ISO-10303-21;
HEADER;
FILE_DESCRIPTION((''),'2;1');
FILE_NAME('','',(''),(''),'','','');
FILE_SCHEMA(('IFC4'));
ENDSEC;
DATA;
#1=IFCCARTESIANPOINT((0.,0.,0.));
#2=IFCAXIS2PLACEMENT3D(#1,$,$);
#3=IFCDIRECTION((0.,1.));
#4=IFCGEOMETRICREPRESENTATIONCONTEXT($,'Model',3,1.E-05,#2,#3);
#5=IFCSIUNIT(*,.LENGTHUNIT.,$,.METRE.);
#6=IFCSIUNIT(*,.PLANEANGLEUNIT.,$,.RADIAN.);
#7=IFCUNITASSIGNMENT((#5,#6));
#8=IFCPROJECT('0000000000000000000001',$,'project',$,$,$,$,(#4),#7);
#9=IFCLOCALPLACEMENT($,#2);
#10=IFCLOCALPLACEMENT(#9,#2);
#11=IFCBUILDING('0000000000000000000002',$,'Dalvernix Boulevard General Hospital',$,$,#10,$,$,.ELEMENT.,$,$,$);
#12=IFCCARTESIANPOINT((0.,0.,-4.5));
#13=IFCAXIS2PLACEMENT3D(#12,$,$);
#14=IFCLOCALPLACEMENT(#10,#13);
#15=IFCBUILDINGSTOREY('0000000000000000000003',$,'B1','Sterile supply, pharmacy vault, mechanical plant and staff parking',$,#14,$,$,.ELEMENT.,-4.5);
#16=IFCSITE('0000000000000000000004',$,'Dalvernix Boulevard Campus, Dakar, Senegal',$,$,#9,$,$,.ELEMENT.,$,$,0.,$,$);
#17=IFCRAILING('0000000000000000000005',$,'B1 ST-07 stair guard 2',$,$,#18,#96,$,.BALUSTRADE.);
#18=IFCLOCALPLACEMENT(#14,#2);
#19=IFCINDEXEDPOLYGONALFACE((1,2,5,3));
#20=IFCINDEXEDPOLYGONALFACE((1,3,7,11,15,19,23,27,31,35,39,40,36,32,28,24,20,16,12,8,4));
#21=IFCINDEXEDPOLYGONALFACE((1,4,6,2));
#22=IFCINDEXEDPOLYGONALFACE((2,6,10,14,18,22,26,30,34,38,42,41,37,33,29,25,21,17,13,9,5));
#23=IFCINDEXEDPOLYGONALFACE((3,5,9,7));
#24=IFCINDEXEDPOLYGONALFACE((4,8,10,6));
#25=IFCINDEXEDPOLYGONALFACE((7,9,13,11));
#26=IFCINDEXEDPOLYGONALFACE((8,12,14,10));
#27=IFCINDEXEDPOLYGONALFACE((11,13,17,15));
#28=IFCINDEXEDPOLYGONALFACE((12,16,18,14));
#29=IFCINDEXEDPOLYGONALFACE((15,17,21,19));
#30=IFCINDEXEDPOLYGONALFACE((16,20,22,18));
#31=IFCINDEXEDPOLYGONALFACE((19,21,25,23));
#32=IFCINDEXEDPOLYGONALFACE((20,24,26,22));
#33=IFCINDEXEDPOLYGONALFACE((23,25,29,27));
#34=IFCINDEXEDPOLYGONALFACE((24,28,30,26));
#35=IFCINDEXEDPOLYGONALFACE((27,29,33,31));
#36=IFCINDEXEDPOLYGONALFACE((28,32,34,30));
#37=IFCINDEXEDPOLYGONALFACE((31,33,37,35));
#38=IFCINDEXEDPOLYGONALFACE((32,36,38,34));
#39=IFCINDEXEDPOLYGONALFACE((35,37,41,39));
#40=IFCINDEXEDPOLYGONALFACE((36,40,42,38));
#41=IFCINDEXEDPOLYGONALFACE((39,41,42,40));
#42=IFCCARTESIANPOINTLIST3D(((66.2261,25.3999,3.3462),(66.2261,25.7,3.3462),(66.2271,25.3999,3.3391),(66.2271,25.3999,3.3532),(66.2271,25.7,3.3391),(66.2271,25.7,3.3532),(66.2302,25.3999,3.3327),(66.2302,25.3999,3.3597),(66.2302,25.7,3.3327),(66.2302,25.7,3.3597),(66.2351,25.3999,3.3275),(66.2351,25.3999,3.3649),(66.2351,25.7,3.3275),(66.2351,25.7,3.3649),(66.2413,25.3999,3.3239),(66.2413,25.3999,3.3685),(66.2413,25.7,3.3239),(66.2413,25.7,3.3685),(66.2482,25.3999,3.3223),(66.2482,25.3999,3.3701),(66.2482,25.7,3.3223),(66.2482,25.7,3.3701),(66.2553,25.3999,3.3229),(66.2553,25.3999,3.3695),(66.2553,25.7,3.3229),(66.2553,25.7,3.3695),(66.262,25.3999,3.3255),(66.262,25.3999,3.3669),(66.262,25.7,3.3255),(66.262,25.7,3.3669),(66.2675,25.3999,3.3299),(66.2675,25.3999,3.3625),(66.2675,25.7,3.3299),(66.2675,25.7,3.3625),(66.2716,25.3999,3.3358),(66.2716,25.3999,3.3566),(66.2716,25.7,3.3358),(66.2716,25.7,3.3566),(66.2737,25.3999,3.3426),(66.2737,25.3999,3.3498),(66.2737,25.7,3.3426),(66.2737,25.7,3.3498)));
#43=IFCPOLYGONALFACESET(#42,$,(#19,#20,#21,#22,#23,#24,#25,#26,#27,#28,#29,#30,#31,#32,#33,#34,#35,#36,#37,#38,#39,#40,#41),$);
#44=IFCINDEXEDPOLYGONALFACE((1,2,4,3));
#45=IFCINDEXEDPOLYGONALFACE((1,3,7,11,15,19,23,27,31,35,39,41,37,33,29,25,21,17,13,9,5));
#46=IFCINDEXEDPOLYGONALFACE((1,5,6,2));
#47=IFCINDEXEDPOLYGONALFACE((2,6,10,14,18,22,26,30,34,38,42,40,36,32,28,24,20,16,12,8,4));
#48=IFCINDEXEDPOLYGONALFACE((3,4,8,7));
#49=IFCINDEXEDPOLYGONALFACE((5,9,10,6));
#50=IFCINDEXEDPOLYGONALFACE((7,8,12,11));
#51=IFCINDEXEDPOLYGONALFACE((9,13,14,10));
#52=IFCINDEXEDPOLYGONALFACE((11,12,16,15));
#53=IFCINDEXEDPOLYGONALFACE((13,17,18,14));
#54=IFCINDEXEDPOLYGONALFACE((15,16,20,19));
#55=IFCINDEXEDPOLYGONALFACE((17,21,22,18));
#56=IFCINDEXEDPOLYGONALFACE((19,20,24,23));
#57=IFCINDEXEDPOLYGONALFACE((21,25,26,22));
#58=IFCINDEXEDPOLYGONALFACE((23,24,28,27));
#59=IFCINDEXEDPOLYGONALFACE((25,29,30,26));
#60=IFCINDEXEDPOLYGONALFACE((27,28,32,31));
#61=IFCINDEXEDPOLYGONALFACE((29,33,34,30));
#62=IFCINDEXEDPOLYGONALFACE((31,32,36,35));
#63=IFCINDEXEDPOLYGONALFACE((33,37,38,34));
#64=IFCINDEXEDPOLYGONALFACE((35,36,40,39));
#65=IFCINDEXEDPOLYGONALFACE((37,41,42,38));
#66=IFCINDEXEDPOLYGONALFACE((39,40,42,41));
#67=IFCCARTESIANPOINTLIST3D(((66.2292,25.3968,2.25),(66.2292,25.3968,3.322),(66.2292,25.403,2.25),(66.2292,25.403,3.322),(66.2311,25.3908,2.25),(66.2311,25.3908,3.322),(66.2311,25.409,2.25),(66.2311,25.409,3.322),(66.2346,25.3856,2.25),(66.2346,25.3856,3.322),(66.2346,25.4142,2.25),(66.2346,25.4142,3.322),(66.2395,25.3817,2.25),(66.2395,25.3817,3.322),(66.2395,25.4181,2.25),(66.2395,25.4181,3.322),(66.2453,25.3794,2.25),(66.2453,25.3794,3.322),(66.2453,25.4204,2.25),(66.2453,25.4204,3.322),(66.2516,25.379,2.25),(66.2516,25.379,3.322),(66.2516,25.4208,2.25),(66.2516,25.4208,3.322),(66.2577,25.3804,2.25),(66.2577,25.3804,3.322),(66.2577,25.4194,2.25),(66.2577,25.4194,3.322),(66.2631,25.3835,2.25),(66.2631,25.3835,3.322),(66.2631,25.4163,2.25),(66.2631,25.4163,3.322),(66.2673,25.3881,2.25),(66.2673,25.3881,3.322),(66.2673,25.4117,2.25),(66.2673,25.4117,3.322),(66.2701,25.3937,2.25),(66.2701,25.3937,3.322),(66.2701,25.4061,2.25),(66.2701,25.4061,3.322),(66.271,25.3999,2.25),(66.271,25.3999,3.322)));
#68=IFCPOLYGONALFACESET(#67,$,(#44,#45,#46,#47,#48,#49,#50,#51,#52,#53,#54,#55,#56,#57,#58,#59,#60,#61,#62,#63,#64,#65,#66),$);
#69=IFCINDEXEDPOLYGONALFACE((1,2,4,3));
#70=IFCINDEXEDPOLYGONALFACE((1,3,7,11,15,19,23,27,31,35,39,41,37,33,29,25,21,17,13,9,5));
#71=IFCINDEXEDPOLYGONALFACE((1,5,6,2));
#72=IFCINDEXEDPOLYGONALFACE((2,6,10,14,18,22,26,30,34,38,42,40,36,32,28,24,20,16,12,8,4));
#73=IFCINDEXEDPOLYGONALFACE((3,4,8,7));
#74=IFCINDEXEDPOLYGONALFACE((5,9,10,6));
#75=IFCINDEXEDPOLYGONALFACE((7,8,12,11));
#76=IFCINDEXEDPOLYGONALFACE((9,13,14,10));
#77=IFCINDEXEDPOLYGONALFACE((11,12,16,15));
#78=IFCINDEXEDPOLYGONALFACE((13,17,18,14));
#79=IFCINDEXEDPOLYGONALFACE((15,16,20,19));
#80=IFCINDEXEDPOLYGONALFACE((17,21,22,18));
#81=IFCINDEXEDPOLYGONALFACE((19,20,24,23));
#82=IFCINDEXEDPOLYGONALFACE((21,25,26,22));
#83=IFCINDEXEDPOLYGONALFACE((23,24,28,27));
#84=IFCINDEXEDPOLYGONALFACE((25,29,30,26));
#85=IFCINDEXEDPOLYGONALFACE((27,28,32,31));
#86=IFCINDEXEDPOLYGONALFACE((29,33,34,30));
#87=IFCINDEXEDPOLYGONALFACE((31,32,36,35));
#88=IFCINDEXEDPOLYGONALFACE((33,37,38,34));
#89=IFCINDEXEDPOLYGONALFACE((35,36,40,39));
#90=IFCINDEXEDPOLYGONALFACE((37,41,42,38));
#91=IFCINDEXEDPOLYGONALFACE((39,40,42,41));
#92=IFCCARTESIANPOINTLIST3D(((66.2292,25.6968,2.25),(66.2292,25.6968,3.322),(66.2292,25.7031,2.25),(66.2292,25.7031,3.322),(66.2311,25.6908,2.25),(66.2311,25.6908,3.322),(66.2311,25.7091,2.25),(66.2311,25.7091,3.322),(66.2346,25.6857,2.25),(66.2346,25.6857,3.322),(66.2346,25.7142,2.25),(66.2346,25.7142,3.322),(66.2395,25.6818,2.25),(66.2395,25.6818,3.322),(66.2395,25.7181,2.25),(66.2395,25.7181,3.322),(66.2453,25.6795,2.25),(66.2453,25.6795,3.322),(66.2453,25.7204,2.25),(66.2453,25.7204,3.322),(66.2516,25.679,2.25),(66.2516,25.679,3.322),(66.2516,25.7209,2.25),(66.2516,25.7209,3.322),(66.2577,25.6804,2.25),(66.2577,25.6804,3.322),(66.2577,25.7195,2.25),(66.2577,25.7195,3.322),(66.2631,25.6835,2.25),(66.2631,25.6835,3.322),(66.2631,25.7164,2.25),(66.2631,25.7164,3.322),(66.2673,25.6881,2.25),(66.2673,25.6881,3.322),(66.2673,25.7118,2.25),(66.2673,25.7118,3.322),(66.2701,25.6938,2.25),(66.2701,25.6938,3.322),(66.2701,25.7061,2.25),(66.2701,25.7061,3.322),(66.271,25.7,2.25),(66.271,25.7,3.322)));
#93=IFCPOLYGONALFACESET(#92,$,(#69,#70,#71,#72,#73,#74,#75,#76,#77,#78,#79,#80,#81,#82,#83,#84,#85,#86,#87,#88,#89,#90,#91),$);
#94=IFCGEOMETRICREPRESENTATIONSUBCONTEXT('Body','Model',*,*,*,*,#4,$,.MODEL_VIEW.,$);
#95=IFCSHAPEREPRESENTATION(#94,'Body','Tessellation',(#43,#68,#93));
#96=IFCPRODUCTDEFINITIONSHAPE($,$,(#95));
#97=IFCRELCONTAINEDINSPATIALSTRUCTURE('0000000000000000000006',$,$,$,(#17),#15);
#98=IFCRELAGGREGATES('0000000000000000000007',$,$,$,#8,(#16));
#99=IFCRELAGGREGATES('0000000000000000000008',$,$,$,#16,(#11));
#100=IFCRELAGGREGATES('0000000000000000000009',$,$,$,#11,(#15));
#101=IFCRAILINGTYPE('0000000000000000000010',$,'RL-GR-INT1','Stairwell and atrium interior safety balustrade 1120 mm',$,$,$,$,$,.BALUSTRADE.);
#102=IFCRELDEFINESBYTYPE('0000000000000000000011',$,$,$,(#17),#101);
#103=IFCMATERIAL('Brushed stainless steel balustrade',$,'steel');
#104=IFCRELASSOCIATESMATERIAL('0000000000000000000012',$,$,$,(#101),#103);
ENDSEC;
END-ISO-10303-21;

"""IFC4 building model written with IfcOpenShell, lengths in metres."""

from ifc_helpers import new_model, si_unit, direction, frame, origin, origin_2d, place, context, subcontext, project, spatial, circle, extrude, material, type_object, element, save


model = new_model("IFC4")

# Units and contexts
model_context = context("Model", 3, precision=1e-05, world=origin(), true_north=direction((0.0, 1.0)))
body_context = subcontext(model_context, "Body", "Model", "MODEL_VIEW")
ifc_project = project(units=[si_unit("LENGTHUNIT", "METRE"), si_unit("PLANEANGLEUNIT", "RADIAN")], contexts=[model_context])

# Site, building, storey
site_placement = place(None, origin())
site = spatial("IfcSite", under=ifc_project, at=site_placement, Name="Dalvernix Boulevard Campus, Dakar, Senegal", CompositionType="ELEMENT", RefElevation=0.0)
building_placement = place(site_placement, origin())
building = spatial("IfcBuilding", under=site, at=building_placement, Name="Dalvernix Boulevard General Hospital", CompositionType="ELEMENT")
storey_placement = place(building_placement, frame((0.0, 0.0, -4.5)))
storey = spatial("IfcBuildingStorey", under=building, at=storey_placement, Name="B1", Description="Sterile supply, pharmacy vault, mechanical plant and staff parking", CompositionType="ELEMENT", Elevation=-4.5)

# Railing
ifc_material_1 = material(Name="Brushed stainless steel balustrade", Category="steel")
railing_type_1 = type_object("IfcRailingType", Name="RL-GR-INT1", Description="Stairwell and atrium interior safety balustrade 1120 mm", PredefinedType="BALUSTRADE", material=ifc_material_1)
railing_1_placement = place(storey_placement, frame((66.25, 25.3999, 2.25)))
element("IfcRailing", 1, at=railing_1_placement, inside=storey, type_object=railing_type_1, Name="B1 ST-07 stair guard 2", PredefinedType="BALUSTRADE", context=body_context, shape_type="SweptSolid", body=[
    extrude(circle(Radius=0.0239, at=origin_2d()), frame((0.0, 0.0, 1.0962), z_axis=(0.0, 1.0, 0.0), x_axis=(-1.0, 0.0, 0.0)), (0.0, 0.0, 1.0), 0.3),
    extrude(circle(Radius=0.021, at=origin_2d()), origin(), (0.0, 0.0, 1.0), 1.072),
    extrude(circle(Radius=0.021, at=origin_2d()), frame((0.0, 0.3, 0.0)), (0.0, 0.0, 1.0), 1.072),
])

save(model, "model.ifc")
